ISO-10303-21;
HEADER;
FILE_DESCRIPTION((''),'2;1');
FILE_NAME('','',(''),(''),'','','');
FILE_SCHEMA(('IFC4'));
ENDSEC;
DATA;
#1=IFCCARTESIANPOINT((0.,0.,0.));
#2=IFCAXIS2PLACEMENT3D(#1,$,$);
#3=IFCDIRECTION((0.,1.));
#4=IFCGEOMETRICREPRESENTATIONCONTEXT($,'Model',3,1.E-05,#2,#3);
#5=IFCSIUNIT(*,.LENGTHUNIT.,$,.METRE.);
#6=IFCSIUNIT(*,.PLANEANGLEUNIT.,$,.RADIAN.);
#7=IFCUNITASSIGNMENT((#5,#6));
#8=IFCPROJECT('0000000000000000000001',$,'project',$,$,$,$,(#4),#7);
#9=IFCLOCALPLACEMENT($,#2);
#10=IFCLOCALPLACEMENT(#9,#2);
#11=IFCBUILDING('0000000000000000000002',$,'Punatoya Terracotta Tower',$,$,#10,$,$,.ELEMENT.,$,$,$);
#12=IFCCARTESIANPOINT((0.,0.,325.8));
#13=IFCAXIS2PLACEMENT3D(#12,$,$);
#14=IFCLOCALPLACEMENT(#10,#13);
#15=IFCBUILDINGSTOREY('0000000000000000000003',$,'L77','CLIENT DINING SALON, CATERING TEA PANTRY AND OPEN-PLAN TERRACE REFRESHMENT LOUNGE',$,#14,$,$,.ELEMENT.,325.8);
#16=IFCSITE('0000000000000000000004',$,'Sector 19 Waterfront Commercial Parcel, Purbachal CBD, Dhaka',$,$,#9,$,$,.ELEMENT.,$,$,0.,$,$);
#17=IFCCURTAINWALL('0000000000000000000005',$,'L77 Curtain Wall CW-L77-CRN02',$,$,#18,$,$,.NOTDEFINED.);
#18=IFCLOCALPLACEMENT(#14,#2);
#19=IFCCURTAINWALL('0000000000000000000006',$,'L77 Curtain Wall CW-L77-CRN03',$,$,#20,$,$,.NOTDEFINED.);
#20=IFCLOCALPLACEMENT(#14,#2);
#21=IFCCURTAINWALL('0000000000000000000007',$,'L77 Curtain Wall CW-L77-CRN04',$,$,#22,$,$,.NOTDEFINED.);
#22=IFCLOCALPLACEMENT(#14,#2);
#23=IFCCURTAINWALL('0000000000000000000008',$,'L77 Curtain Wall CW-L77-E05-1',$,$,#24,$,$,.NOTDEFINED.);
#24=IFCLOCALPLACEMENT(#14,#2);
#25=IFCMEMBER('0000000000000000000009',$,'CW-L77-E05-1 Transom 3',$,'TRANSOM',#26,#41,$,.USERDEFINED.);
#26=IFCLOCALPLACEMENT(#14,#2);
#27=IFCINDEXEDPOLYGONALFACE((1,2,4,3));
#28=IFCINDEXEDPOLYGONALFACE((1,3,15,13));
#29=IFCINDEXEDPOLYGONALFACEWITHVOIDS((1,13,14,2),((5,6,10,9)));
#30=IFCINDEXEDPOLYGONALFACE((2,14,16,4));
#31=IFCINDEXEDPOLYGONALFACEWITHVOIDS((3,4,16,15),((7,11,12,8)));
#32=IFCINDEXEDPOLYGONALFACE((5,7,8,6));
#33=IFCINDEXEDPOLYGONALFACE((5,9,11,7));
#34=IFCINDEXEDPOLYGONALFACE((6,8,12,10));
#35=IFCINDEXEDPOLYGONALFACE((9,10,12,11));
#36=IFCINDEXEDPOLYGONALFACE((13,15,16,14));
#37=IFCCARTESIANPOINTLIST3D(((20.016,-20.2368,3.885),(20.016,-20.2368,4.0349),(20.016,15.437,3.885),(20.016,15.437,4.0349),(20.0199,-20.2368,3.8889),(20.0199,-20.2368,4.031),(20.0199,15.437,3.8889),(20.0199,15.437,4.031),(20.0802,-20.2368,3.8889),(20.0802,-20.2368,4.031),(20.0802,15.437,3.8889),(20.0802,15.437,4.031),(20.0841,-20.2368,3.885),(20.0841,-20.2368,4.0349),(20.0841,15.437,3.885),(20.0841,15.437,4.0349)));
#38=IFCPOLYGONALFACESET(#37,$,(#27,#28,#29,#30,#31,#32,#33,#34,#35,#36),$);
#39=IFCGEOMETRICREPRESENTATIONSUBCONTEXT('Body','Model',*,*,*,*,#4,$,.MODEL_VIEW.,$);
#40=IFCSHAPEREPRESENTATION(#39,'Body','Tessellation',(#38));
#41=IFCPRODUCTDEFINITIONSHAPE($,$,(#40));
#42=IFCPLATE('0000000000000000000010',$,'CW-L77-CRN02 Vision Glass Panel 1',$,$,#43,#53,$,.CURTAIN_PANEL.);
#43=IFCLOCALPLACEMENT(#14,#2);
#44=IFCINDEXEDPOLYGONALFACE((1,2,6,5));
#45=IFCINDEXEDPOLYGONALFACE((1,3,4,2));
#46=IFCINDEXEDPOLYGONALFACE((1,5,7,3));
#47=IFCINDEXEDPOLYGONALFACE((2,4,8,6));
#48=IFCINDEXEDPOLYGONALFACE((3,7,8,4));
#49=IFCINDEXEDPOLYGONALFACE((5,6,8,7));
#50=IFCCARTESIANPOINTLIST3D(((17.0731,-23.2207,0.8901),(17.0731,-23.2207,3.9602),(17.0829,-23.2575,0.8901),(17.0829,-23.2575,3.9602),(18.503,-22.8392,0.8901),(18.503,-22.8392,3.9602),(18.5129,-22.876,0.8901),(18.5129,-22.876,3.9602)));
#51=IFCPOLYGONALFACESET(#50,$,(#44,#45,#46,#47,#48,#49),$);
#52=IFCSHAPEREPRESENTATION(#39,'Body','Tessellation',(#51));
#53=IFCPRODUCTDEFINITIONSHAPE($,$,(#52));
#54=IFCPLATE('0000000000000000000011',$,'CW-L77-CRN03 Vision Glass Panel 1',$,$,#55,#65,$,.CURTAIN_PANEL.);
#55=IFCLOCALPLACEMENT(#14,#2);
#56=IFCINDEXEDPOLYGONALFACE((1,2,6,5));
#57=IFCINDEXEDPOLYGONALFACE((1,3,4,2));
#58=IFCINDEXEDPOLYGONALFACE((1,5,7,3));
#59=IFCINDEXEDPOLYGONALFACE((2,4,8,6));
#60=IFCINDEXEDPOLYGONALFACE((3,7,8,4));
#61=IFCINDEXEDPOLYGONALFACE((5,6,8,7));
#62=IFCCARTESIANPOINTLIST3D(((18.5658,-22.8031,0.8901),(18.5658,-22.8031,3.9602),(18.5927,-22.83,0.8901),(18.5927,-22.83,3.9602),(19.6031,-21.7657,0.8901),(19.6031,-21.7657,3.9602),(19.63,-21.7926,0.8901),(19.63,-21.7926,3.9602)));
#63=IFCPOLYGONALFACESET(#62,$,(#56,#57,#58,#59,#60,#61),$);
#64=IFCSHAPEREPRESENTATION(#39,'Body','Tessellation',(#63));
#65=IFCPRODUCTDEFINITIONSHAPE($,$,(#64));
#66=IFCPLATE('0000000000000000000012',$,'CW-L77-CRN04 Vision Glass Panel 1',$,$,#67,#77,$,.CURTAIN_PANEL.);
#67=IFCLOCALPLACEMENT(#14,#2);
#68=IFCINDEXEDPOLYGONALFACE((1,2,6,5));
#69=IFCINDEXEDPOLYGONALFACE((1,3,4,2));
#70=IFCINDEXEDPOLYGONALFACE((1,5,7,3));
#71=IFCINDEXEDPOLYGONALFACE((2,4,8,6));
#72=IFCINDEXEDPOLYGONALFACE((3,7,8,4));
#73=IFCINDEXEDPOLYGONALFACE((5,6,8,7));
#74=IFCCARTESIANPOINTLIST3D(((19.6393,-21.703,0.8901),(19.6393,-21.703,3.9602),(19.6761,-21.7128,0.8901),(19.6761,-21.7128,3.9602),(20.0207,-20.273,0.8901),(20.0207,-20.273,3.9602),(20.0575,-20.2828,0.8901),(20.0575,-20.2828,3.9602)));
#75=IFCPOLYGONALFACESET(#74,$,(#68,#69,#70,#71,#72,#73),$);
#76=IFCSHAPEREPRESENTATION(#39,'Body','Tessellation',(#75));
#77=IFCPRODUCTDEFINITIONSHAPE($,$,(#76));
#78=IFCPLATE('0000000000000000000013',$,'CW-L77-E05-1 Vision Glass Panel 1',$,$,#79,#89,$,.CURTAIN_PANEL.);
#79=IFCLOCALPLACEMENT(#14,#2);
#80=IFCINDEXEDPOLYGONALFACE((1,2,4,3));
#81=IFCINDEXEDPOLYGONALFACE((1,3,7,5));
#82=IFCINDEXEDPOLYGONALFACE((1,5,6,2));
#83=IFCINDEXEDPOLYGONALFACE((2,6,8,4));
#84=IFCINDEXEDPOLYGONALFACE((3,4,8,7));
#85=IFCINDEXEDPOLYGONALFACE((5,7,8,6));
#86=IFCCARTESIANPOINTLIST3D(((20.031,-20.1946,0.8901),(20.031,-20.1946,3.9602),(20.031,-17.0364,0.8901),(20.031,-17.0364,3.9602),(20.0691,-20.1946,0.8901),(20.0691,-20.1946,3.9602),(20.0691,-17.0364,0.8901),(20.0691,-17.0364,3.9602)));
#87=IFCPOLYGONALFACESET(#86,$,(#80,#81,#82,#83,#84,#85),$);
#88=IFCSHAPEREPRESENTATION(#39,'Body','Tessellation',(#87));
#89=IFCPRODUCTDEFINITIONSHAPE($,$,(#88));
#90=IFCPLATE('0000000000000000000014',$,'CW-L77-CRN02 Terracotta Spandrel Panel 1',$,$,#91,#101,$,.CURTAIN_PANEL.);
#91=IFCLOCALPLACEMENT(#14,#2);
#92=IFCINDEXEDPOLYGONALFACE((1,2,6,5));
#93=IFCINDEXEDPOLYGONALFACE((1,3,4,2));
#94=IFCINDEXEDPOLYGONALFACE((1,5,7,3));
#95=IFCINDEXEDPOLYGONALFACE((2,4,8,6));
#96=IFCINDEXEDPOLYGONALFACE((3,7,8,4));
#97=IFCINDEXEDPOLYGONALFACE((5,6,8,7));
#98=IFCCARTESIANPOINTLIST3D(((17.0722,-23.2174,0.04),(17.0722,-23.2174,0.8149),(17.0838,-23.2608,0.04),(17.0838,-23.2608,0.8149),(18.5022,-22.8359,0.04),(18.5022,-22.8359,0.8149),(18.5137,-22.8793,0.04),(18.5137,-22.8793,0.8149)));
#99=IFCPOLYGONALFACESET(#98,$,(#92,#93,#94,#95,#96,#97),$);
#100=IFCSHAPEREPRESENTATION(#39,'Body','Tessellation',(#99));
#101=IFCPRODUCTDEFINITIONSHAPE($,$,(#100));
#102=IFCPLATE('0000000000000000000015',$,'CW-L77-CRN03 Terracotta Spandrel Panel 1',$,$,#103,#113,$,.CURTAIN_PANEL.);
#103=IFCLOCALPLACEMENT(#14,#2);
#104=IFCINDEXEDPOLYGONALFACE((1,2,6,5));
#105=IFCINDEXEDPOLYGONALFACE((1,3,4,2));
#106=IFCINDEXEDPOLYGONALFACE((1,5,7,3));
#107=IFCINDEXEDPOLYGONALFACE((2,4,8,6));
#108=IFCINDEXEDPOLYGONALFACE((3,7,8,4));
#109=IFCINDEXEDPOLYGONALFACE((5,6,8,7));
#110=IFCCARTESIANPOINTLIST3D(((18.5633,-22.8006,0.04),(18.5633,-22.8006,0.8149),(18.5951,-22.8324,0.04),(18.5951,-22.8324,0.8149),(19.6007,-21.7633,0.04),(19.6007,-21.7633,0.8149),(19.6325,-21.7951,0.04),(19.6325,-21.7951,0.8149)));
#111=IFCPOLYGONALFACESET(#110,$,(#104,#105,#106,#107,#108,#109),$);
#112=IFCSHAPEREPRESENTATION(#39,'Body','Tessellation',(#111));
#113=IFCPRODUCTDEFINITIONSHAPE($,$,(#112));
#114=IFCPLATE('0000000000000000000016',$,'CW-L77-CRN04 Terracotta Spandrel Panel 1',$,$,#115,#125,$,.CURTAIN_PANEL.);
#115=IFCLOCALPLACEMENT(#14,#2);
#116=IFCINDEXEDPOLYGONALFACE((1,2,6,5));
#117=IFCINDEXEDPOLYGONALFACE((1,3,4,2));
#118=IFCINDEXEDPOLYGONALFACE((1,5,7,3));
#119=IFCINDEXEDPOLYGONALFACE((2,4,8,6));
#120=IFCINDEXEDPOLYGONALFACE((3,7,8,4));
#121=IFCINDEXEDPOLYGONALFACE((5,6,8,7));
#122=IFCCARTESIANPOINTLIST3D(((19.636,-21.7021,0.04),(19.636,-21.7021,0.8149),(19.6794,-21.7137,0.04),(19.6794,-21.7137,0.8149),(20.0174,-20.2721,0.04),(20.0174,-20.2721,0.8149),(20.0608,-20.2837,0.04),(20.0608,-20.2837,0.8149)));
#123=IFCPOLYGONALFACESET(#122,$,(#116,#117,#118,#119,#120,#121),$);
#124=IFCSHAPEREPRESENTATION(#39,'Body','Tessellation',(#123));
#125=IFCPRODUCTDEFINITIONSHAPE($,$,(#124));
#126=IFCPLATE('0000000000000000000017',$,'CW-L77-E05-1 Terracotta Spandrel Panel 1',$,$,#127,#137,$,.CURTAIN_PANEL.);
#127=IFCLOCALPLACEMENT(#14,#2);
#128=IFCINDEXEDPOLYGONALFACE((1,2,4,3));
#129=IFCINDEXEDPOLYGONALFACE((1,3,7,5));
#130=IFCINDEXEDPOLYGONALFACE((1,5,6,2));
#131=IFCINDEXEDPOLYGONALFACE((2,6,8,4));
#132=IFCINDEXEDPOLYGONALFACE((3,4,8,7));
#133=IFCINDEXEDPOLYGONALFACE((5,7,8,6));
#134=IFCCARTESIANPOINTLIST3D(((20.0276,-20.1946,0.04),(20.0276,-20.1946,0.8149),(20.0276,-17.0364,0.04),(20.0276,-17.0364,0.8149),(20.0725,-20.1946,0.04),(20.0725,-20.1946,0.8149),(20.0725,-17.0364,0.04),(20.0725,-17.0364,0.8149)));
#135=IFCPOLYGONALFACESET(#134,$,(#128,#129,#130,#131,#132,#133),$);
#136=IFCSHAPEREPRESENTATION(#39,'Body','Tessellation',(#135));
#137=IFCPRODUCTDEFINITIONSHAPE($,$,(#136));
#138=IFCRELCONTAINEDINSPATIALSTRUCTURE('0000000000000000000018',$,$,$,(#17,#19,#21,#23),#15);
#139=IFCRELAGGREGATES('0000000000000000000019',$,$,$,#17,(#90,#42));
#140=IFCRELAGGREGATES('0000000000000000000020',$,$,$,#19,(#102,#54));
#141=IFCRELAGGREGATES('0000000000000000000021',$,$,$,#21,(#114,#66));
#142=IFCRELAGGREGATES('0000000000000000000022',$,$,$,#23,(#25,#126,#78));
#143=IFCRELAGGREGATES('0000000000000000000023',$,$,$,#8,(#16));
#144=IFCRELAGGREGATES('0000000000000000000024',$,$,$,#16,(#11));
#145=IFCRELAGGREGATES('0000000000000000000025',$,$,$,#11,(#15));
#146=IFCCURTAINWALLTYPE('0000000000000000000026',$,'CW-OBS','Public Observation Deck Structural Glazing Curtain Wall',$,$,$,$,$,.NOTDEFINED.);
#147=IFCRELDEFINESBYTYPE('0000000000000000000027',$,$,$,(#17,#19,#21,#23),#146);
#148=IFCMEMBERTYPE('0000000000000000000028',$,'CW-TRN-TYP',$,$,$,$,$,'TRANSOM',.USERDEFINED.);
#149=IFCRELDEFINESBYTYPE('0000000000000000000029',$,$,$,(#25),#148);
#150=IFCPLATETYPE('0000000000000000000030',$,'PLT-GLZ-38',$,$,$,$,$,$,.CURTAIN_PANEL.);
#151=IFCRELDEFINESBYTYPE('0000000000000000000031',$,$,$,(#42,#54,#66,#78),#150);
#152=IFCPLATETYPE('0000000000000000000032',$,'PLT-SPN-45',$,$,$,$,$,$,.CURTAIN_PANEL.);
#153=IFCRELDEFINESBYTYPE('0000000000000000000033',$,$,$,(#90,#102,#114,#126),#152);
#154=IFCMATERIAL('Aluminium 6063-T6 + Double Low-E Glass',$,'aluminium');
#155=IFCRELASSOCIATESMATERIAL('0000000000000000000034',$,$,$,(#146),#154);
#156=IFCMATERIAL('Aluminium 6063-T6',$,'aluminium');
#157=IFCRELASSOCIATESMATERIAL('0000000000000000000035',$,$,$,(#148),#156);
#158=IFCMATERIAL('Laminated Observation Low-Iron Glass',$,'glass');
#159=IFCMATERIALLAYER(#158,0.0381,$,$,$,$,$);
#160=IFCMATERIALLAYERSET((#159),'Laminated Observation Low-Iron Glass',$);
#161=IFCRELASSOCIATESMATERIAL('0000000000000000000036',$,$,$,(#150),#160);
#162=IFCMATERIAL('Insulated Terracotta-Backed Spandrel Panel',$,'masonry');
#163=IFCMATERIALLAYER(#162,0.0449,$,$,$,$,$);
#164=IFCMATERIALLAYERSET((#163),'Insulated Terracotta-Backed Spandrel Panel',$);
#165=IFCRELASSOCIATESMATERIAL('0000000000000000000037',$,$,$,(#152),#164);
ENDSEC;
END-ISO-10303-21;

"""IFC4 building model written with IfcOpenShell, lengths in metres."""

from ifc_helpers import new_model, si_unit, direction, frame, origin, origin_2d, place, context, subcontext, project, spatial, rectangle, hollow_rectangle, extrude, material, layer, layer_set, material_profile, profile_set, type_object, element, aggregate, save


model = new_model("IFC4")

# Units and contexts
model_context = context("Model", 3, precision=1e-05, world=origin(), true_north=direction((0.0, 1.0)))
body_context = subcontext(model_context, "Body", "Model", "MODEL_VIEW")
ifc_project = project(units=[si_unit("LENGTHUNIT", "METRE"), si_unit("PLANEANGLEUNIT", "RADIAN")], contexts=[model_context])

# Site, building, storey
site_placement = place(None, origin())
site = spatial("IfcSite", under=ifc_project, at=site_placement, Name="Sector 19 Waterfront Commercial Parcel, Purbachal CBD, Dhaka", CompositionType="ELEMENT", RefElevation=0.0)
building_placement = place(site_placement, origin())
building = spatial("IfcBuilding", under=site, at=building_placement, Name="Punatoya Terracotta Tower", CompositionType="ELEMENT")
storey_placement = place(building_placement, frame((0.0, 0.0, 325.8)))
storey = spatial("IfcBuildingStorey", under=building, at=storey_placement, Name="L77", Description="CLIENT DINING SALON, CATERING TEA PANTRY AND OPEN-PLAN TERRACE REFRESHMENT LOUNGE", CompositionType="ELEMENT", Elevation=325.8)

# Curtain walls
ifc_material_1 = material(Name="Aluminium 6063-T6 + Double Low-E Glass", Category="aluminium")
curtain_wall_type = type_object("IfcCurtainWallType", Name="CW-OBS", Description="Public Observation Deck Structural Glazing Curtain Wall", PredefinedType="NOTDEFINED", material=ifc_material_1)
curtain_wall_1_placement = place(storey_placement, origin())
curtain_wall_1 = element("IfcCurtainWall", 1, at=curtain_wall_1_placement, inside=storey, type_object=curtain_wall_type, Name="L77 Curtain Wall CW-L77-CRN02", PredefinedType="NOTDEFINED")
ifc_material_2 = material(Name="Aluminium 6063-T6", Category="aluminium")
curtain_wall_2_placement = place(storey_placement, origin())
curtain_wall_2 = element("IfcCurtainWall", 2, at=curtain_wall_2_placement, inside=storey, type_object=curtain_wall_type, Name="L77 Curtain Wall CW-L77-CRN03", PredefinedType="NOTDEFINED")
curtain_wall_3_placement = place(storey_placement, origin())
curtain_wall_3 = element("IfcCurtainWall", 3, at=curtain_wall_3_placement, inside=storey, type_object=curtain_wall_type, Name="L77 Curtain Wall CW-L77-CRN04", PredefinedType="NOTDEFINED")

# Curtain wall
curtain_wall_4_placement = place(storey_placement, origin())
curtain_wall_4 = element("IfcCurtainWall", 4, at=curtain_wall_4_placement, inside=storey, type_object=curtain_wall_type, Name="L77 Curtain Wall CW-L77-E05-1", PredefinedType="NOTDEFINED")

# Member
ifc_material_profile_1 = material_profile(ifc_material_2, hollow_rectangle(XDim=0.0681, YDim=0.1499, WallThickness=0.0039, at=origin_2d()))
ifc_profile_set_1 = profile_set([ifc_material_profile_1], Name="Aluminium 6063-T6")
member_type_1 = type_object("IfcMemberType", Name="CW-TRN-TYP", ElementType="TRANSOM", PredefinedType="USERDEFINED", material=ifc_profile_set_1)
member_1_placement = place(storey_placement, frame((20.05, -20.2368, 3.96), z_axis=(0.0, 1.0, 0.0), x_axis=(-1.0, 0.0, 0.0)))
member_1 = element("IfcMember", 5, at=member_1_placement, type_object=member_type_1, Name="CW-L77-E05-1 Transom 3", ObjectType="TRANSOM", PredefinedType="USERDEFINED", context=body_context, shape_type="SweptSolid", body=[
    extrude(hollow_rectangle(XDim=0.0681, YDim=0.1499, WallThickness=0.0039, at=origin_2d()), origin(), (0.0, 0.0, 1.0), 35.6738),
])

# Plates
ifc_material_3 = material(Name="Laminated Observation Low-Iron Glass", Category="glass")
ifc_layer_1 = layer(ifc_material_3, 0.0381)
ifc_layer_set_1 = layer_set([ifc_layer_1], Name="Laminated Observation Low-Iron Glass")
plate_type_1 = type_object("IfcPlateType", Name="PLT-GLZ-38", PredefinedType="CURTAIN_PANEL", material=ifc_layer_set_1)
plate_1_placement = place(storey_placement, frame((17.793, -23.0483, 0.8901), z_axis=(0.0, 0.0, 1.0), x_axis=(0.966214, 0.257742, 0.0)))
plate_1 = element("IfcPlate", 6, at=plate_1_placement, type_object=plate_type_1, Name="CW-L77-CRN02 Vision Glass Panel 1", PredefinedType="CURTAIN_PANEL", context=body_context, shape_type="SweptSolid", body=[
    extrude(rectangle(XDim=1.48, YDim=0.0381, at=origin_2d()), origin(), (0.0, 0.0, 1.0), 3.0701),
])
plate_2_placement = place(storey_placement, frame((19.0979, -22.2979, 0.8901), z_axis=(0.0, 0.0, 1.0), x_axis=(0.707107, 0.707107, 0.0)))
plate_2 = element("IfcPlate", 7, at=plate_2_placement, type_object=plate_type_1, Name="CW-L77-CRN03 Vision Glass Panel 1", PredefinedType="CURTAIN_PANEL", context=body_context, shape_type="SweptSolid", body=[
    extrude(rectangle(XDim=1.467, YDim=0.0381, at=origin_2d()), origin(), (0.0, 0.0, 1.0), 3.0701),
])
plate_3_placement = place(storey_placement, frame((19.8484, -20.9929, 0.8901), z_axis=(0.0, 0.0, 1.0), x_axis=(0.257742, 0.966214, 0.0)))
plate_3 = element("IfcPlate", 8, at=plate_3_placement, type_object=plate_type_1, Name="CW-L77-CRN04 Vision Glass Panel 1", PredefinedType="CURTAIN_PANEL", context=body_context, shape_type="SweptSolid", body=[
    extrude(rectangle(XDim=1.48, YDim=0.0381, at=origin_2d()), origin(), (0.0, 0.0, 1.0), 3.0701),
])
plate_4_placement = place(storey_placement, frame((20.05, -18.6155, 0.8901), z_axis=(0.0, 0.0, 1.0), x_axis=(0.0, 1.0, 0.0)))
plate_4 = element("IfcPlate", 9, at=plate_4_placement, type_object=plate_type_1, Name="CW-L77-E05-1 Vision Glass Panel 1", PredefinedType="CURTAIN_PANEL", context=body_context, shape_type="SweptSolid", body=[
    extrude(rectangle(XDim=3.1582, YDim=0.0381, at=origin_2d()), origin(), (0.0, 0.0, 1.0), 3.0701),
])
ifc_material_4 = material(Name="Insulated Terracotta-Backed Spandrel Panel", Category="masonry")
ifc_layer_2 = layer(ifc_material_4, 0.0449)
ifc_layer_set_2 = layer_set([ifc_layer_2], Name="Insulated Terracotta-Backed Spandrel Panel")
plate_type_2 = type_object("IfcPlateType", Name="PLT-SPN-45", PredefinedType="CURTAIN_PANEL", material=ifc_layer_set_2)
plate_5_placement = place(storey_placement, frame((17.793, -23.0483, 0.04), z_axis=(0.0, 0.0, 1.0), x_axis=(0.966214, 0.257742, 0.0)))
plate_5 = element("IfcPlate", 10, at=plate_5_placement, type_object=plate_type_2, Name="CW-L77-CRN02 Terracotta Spandrel Panel 1", PredefinedType="CURTAIN_PANEL", context=body_context, shape_type="SweptSolid", body=[
    extrude(rectangle(XDim=1.48, YDim=0.0449, at=origin_2d()), origin(), (0.0, 0.0, 1.0), 0.7749),
])
aggregate(curtain_wall_1, [plate_5, plate_1])
plate_6_placement = place(storey_placement, frame((19.0979, -22.2979, 0.04), z_axis=(0.0, 0.0, 1.0), x_axis=(0.707107, 0.707107, 0.0)))
plate_6 = element("IfcPlate", 11, at=plate_6_placement, type_object=plate_type_2, Name="CW-L77-CRN03 Terracotta Spandrel Panel 1", PredefinedType="CURTAIN_PANEL", context=body_context, shape_type="SweptSolid", body=[
    extrude(rectangle(XDim=1.467, YDim=0.0449, at=origin_2d()), origin(), (0.0, 0.0, 1.0), 0.7749),
])
aggregate(curtain_wall_2, [plate_6, plate_2])
plate_7_placement = place(storey_placement, frame((19.8484, -20.9929, 0.04), z_axis=(0.0, 0.0, 1.0), x_axis=(0.257742, 0.966214, 0.0)))
plate_7 = element("IfcPlate", 12, at=plate_7_placement, type_object=plate_type_2, Name="CW-L77-CRN04 Terracotta Spandrel Panel 1", PredefinedType="CURTAIN_PANEL", context=body_context, shape_type="SweptSolid", body=[
    extrude(rectangle(XDim=1.48, YDim=0.0449, at=origin_2d()), origin(), (0.0, 0.0, 1.0), 0.7749),
])
aggregate(curtain_wall_3, [plate_7, plate_3])
plate_8_placement = place(storey_placement, frame((20.05, -18.6155, 0.04), z_axis=(0.0, 0.0, 1.0), x_axis=(0.0, 1.0, 0.0)))
plate_8 = element("IfcPlate", 13, at=plate_8_placement, type_object=plate_type_2, Name="CW-L77-E05-1 Terracotta Spandrel Panel 1", PredefinedType="CURTAIN_PANEL", context=body_context, shape_type="SweptSolid", body=[
    extrude(rectangle(XDim=3.1582, YDim=0.0449, at=origin_2d()), origin(), (0.0, 0.0, 1.0), 0.7749),
])
aggregate(curtain_wall_4, [member_1, plate_8, plate_4])

save(model, "model.ifc")
